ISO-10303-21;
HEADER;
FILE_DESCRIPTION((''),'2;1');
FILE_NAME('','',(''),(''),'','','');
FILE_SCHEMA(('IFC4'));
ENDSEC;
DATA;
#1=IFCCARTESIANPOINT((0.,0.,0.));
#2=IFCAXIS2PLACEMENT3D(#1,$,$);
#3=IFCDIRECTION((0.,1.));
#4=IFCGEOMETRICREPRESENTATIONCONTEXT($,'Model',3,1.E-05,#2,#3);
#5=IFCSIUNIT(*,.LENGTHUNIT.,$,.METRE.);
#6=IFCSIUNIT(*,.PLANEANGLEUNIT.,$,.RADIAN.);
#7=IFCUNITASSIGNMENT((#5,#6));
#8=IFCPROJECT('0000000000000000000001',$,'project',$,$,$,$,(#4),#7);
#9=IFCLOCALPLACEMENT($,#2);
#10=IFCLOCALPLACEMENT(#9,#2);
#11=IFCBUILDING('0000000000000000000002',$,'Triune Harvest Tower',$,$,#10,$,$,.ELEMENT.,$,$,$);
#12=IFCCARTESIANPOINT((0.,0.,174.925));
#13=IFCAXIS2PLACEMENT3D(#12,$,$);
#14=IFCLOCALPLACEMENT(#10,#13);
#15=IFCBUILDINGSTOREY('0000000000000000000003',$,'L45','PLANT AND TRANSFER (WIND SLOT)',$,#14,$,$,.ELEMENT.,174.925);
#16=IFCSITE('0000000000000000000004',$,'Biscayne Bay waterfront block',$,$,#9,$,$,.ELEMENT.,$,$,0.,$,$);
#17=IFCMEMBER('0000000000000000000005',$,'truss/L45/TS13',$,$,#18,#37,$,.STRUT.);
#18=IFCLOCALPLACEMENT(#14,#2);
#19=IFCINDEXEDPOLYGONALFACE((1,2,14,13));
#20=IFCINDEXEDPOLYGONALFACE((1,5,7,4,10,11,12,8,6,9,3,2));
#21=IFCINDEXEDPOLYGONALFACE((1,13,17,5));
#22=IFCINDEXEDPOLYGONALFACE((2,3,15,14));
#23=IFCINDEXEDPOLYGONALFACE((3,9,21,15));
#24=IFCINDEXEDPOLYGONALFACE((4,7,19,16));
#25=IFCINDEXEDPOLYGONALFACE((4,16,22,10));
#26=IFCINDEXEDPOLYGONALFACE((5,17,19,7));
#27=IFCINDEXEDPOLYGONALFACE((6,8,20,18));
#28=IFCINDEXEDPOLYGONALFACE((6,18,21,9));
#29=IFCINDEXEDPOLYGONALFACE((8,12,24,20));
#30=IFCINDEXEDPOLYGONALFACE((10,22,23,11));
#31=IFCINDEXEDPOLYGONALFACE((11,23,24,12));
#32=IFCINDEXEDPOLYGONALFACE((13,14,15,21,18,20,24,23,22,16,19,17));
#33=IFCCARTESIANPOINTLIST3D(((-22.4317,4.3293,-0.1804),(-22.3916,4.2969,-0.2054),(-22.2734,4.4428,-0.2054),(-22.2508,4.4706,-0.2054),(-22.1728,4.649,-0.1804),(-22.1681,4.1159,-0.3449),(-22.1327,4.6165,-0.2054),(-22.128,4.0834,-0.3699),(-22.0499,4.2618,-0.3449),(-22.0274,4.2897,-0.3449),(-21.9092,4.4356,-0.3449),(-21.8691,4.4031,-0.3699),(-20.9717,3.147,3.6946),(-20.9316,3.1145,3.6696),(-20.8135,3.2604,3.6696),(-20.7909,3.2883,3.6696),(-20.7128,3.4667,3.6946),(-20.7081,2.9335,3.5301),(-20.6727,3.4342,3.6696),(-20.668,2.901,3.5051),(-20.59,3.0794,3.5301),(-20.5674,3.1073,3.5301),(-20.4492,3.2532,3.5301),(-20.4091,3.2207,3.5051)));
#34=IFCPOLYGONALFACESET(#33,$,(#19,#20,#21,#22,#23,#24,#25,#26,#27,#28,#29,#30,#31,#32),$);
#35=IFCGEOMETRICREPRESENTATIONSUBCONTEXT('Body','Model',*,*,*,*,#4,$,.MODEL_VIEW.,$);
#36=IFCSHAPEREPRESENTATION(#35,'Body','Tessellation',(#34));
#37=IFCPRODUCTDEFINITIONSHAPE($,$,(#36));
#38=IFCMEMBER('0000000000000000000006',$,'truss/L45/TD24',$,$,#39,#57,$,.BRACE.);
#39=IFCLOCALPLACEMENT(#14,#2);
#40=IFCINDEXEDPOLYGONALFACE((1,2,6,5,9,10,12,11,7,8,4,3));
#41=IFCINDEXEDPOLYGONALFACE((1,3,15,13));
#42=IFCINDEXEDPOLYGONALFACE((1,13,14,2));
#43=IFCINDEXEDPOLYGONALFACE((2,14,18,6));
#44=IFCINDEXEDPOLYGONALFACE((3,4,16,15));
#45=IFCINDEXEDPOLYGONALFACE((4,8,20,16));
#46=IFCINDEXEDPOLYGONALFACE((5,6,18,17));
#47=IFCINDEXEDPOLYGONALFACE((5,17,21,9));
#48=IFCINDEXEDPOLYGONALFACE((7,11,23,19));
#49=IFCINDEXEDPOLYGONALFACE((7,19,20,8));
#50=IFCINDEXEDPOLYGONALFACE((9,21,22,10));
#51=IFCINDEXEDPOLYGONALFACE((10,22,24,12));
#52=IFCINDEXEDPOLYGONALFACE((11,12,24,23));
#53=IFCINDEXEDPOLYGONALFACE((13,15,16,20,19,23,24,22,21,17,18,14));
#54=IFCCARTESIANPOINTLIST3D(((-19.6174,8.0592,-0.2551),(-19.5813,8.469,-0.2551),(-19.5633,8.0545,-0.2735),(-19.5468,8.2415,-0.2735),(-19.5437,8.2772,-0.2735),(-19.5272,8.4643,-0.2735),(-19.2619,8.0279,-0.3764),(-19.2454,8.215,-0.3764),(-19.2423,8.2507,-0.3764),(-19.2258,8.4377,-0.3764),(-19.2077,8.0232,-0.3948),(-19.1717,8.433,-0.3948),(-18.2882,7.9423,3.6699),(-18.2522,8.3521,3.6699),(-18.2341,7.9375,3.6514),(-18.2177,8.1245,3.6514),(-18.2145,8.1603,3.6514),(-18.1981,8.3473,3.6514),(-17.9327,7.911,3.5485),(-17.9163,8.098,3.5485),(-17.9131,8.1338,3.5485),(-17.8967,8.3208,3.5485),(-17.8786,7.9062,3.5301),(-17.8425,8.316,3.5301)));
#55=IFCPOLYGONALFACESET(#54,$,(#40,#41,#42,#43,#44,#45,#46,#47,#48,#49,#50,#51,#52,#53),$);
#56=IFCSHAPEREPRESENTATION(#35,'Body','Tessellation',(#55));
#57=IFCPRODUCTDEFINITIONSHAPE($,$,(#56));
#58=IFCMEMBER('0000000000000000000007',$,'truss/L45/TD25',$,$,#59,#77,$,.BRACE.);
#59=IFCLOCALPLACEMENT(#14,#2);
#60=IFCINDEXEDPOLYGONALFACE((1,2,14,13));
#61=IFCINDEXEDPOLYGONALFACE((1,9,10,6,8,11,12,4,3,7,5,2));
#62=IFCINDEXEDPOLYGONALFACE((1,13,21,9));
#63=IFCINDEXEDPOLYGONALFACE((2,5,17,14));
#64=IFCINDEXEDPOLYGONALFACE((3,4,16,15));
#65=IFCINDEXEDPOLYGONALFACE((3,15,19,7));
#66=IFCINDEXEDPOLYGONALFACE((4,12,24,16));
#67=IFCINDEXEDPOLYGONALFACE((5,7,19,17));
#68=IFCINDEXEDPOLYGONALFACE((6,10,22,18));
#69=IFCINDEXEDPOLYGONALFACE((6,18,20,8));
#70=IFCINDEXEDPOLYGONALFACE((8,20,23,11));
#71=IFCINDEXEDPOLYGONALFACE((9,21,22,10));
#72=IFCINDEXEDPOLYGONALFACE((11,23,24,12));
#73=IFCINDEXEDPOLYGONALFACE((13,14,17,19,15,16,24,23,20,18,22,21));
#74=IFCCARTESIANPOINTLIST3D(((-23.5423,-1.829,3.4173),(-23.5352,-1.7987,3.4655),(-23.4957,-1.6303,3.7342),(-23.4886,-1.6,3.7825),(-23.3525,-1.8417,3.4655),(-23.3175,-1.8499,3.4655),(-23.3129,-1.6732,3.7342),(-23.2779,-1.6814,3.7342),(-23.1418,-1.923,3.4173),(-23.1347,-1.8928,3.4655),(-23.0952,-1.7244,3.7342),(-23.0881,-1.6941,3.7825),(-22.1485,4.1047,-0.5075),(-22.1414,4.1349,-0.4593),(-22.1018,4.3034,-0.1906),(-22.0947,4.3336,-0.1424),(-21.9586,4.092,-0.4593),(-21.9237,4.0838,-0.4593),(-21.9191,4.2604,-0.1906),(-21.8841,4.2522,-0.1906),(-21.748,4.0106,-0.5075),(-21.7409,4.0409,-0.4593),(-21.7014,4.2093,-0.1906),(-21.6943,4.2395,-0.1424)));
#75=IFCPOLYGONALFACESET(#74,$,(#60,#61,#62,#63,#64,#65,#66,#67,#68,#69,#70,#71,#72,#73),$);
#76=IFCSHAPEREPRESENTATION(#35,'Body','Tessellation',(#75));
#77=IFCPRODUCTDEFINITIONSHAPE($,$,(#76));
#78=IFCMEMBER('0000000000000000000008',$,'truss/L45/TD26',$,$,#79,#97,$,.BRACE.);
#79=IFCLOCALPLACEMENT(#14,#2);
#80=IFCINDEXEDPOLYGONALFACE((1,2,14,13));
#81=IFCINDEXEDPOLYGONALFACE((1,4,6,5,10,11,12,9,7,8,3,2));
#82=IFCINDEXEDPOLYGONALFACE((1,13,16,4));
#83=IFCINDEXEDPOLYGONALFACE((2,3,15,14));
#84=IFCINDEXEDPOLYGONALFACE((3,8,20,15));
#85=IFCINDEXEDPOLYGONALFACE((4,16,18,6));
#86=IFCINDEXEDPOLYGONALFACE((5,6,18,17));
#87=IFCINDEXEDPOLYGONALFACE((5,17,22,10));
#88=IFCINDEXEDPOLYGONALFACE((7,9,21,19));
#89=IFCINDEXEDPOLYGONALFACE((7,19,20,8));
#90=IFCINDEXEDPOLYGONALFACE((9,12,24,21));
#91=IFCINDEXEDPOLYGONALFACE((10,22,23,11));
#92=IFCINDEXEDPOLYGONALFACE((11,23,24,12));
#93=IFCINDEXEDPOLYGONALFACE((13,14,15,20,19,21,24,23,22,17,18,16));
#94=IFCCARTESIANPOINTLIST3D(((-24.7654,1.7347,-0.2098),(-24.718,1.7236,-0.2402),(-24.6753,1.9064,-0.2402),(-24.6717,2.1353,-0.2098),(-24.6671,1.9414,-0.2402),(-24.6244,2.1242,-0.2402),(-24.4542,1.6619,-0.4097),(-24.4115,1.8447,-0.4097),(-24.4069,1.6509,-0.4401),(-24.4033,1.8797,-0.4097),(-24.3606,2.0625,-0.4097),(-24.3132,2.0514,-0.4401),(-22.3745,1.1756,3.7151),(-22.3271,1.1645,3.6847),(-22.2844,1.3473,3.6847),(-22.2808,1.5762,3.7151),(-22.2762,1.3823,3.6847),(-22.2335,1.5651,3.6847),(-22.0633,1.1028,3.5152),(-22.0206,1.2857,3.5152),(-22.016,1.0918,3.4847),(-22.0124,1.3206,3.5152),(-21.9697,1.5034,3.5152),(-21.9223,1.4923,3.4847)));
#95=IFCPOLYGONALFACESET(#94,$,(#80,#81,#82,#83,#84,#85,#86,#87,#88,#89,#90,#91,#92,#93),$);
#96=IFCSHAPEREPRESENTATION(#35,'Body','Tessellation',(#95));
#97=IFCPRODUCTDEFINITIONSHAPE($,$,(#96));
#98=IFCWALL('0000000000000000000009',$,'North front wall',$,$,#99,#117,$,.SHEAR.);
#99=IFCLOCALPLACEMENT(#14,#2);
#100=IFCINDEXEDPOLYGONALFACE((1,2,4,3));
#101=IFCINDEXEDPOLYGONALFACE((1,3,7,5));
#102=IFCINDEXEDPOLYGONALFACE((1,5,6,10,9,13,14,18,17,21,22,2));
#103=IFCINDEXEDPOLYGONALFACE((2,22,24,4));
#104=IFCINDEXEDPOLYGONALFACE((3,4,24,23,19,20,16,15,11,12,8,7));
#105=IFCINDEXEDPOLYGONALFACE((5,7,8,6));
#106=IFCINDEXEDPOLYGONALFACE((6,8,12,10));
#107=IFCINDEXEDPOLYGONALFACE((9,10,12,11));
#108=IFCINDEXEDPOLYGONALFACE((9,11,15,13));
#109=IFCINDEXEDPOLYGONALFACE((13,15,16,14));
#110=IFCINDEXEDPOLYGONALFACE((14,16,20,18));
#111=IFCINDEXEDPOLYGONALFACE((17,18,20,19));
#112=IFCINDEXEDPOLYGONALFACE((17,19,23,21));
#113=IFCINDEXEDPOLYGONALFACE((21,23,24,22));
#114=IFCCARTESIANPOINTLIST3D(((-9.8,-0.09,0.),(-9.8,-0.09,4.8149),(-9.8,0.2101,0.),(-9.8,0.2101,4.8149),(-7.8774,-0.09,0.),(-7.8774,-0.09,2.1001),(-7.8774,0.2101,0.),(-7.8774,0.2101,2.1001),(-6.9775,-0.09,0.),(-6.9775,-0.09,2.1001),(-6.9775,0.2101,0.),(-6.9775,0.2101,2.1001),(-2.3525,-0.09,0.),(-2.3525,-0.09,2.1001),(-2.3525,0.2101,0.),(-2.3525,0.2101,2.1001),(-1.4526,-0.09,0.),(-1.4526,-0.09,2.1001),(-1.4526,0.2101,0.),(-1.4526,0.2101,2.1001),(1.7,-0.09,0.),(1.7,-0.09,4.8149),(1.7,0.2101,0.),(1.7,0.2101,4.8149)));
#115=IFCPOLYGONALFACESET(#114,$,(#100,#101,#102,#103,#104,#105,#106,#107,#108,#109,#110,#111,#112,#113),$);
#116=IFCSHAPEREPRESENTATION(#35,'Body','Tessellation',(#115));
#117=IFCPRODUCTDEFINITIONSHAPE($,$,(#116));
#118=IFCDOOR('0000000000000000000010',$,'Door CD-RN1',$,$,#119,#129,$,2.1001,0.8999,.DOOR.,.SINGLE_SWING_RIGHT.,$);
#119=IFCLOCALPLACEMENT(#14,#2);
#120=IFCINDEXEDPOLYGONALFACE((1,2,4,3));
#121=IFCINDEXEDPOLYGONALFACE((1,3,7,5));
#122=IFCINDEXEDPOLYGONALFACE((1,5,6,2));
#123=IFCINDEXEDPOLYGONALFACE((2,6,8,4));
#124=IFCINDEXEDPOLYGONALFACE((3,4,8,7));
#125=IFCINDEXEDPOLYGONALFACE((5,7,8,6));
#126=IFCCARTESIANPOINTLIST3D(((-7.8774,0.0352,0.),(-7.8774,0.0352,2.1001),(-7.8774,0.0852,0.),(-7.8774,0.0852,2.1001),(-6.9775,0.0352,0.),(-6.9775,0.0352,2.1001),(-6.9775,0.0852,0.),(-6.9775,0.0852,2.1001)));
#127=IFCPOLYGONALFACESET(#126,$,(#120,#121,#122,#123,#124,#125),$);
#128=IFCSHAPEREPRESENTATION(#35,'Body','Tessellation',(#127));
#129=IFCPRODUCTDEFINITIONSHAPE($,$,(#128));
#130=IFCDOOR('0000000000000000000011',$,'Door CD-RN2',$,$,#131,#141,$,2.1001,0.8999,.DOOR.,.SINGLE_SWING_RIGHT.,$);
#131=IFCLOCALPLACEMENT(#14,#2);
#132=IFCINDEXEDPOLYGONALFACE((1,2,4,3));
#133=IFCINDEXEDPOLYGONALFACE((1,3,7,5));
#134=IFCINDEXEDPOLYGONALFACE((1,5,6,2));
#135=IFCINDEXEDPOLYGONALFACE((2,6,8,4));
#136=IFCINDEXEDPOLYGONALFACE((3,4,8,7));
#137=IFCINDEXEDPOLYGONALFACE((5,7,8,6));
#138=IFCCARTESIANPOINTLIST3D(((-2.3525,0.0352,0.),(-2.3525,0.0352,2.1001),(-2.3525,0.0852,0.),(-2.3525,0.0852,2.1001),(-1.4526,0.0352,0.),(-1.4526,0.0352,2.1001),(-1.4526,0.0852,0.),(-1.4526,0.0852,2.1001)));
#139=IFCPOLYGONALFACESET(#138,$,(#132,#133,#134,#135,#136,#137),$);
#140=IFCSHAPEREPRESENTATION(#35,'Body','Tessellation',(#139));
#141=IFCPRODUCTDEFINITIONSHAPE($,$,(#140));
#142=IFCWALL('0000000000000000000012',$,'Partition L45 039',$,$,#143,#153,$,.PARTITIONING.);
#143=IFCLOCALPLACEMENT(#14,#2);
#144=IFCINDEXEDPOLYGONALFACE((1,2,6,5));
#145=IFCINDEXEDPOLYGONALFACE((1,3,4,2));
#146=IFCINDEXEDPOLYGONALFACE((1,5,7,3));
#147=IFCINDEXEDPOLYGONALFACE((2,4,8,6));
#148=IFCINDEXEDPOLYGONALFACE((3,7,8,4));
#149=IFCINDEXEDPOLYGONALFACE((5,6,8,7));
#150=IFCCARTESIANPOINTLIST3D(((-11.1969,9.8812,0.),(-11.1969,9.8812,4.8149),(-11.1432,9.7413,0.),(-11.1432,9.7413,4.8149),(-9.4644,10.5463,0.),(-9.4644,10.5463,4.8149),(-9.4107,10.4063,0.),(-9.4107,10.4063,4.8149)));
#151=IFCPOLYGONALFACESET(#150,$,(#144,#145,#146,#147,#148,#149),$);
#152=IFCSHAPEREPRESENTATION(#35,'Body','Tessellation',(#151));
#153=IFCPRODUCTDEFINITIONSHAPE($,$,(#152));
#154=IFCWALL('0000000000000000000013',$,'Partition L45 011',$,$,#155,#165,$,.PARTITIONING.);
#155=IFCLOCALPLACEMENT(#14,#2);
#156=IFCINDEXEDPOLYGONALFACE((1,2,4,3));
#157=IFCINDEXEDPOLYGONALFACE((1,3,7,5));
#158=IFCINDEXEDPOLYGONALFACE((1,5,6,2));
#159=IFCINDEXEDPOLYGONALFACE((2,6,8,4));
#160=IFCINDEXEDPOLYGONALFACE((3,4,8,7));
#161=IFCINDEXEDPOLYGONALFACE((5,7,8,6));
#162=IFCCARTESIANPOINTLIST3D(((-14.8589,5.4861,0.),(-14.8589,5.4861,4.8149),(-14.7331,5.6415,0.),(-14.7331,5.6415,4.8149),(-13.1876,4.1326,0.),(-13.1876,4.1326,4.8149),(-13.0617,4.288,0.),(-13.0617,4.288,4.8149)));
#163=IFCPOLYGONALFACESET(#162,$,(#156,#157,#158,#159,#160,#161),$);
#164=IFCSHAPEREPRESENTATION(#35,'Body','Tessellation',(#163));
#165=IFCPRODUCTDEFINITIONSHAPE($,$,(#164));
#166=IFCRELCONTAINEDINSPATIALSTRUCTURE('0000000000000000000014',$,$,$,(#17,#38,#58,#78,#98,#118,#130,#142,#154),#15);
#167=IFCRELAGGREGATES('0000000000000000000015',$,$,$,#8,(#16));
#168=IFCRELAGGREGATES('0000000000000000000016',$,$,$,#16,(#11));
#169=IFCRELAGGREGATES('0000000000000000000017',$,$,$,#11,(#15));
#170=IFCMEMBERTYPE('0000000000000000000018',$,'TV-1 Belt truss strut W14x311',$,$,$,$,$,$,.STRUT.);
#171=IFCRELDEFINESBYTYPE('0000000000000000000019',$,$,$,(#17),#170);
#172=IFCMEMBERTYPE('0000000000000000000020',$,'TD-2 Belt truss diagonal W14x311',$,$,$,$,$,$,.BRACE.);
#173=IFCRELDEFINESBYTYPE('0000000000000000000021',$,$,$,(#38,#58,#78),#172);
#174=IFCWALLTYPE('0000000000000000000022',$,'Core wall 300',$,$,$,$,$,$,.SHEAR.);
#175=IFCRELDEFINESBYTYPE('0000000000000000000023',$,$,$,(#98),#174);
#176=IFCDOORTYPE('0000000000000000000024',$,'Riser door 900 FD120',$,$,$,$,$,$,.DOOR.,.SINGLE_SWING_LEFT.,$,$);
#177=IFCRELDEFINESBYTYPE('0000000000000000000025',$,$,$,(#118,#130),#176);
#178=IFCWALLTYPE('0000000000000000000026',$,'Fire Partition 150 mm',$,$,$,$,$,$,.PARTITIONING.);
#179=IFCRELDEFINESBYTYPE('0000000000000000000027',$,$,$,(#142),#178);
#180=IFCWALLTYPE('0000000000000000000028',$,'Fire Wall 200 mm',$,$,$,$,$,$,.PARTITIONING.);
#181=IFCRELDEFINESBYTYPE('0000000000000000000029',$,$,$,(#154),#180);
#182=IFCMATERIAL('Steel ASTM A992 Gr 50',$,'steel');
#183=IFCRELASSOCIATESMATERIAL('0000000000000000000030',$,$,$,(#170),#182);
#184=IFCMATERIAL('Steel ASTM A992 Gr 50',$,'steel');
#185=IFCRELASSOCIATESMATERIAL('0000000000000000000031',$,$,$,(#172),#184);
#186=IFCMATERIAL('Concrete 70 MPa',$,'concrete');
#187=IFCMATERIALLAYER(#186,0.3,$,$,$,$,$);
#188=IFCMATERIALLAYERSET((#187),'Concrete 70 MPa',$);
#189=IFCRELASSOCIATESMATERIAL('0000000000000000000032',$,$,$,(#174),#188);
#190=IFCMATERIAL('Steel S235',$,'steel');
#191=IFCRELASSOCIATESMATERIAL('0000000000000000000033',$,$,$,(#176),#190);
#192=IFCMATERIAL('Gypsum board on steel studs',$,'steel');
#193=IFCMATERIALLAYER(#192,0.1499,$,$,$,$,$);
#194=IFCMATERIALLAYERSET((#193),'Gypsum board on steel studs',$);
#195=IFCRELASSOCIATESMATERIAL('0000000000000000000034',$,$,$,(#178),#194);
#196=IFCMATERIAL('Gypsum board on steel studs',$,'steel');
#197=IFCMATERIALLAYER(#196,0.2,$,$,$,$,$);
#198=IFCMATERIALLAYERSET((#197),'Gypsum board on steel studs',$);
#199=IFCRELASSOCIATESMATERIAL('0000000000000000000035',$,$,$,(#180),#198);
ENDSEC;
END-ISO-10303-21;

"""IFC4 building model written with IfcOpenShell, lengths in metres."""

from ifc_helpers import new_model, si_unit, direction, frame, frame_2d, origin, origin_2d, place, context, subcontext, project, spatial, rectangle, i_section, extrude, source, transform, mapped, material, layer, layer_set, material_profile, profile_set, type_object, element, fill, save


model = new_model("IFC4")

# Units and contexts
model_context = context("Model", 3, precision=1e-05, world=origin(), true_north=direction((0.0, 1.0)))
body_context = subcontext(model_context, "Body", "Model", "MODEL_VIEW")
ifc_project = project(units=[si_unit("LENGTHUNIT", "METRE"), si_unit("PLANEANGLEUNIT", "RADIAN")], contexts=[model_context])

# Site, building, storey
site_placement = place(None, origin())
site = spatial("IfcSite", under=ifc_project, at=site_placement, Name="Biscayne Bay waterfront block", CompositionType="ELEMENT", RefElevation=0.0)
building_placement = place(site_placement, origin())
building = spatial("IfcBuilding", under=site, at=building_placement, Name="Triune Harvest Tower", CompositionType="ELEMENT")
storey_placement = place(building_placement, frame((0.0, 0.0, 174.925)))
storey = spatial("IfcBuildingStorey", under=building, at=storey_placement, Name="L45", Description="PLANT AND TRANSFER (WIND SLOT)", CompositionType="ELEMENT", Elevation=174.925)

# Members
ifc_material_1 = material(Name="Steel ASTM A992 Gr 50", Category="steel")
ifc_material_profile_1 = material_profile(ifc_material_1, i_section(OverallWidth=0.4114, OverallDepth=0.4343, WebThickness=0.0359, FlangeThickness=0.0574, at=origin_2d()), Name="W14x311")
ifc_profile_set_1 = profile_set([ifc_material_profile_1], Name="Steel ASTM A992 Gr 50")
member_type_1 = type_object("IfcMemberType", Name="TV-1 Belt truss strut W14x311", PredefinedType="STRUT", material=ifc_profile_set_1)
shared_shape_1 = source(origin(), body_context, "Body", "SweptSolid", [
    extrude(i_section(OverallWidth=0.4114, OverallDepth=0.4343, WebThickness=0.0359, FlangeThickness=0.0574, at=origin_2d()), origin(), (0.0, 0.0, 1.0), 4.3064),
])
member_1_placement = place(storey_placement, frame((-22.1504, 4.3662, -0.2751), z_axis=(0.339021, -0.274562, 0.899823), x_axis=(0.629359, 0.777115, 0.0)))
element("IfcMember", 1, at=member_1_placement, inside=storey, type_object=member_type_1, Name="truss/L45/TS13", PredefinedType="STRUT", context=body_context, shape_type="MappedRepresentation", body=[
    mapped(shared_shape_1, transform((0.0, 0.0, 0.0), scale=1.0)),
])
ifc_material_2 = material(Name="Steel ASTM A992 Gr 50", Category="steel")
ifc_material_profile_2 = material_profile(ifc_material_2, i_section(OverallWidth=0.4114, OverallDepth=0.4343, WebThickness=0.0359, FlangeThickness=0.0574, at=origin_2d()), Name="W14x311")
ifc_profile_set_2 = profile_set([ifc_material_profile_2], Name="Steel ASTM A992 Gr 50")
member_type_2 = type_object("IfcMemberType", Name="TD-2 Belt truss diagonal W14x311", PredefinedType="BRACE", material=ifc_profile_set_2)
shared_shape_2 = source(origin(), body_context, "Body", "SweptSolid", [
    extrude(i_section(OverallWidth=0.4114, OverallDepth=0.4343, WebThickness=0.0359, FlangeThickness=0.0574, at=origin_2d()), origin(), (0.0, 0.0, 1.0), 4.1455),
])
member_2_placement = place(storey_placement, frame((-19.3945, 8.2461, -0.325), z_axis=(0.320621, -0.02821, 0.946787), x_axis=(0.087648, 0.996151, 0.0)))
element("IfcMember", 2, at=member_2_placement, inside=storey, type_object=member_type_2, Name="truss/L45/TD24", PredefinedType="BRACE", context=body_context, shape_type="MappedRepresentation", body=[
    mapped(shared_shape_2, transform((0.0, 0.0, 0.0), scale=1.0)),
])
shared_shape_3 = source(origin(), body_context, "Body", "SweptSolid", [
    extrude(i_section(OverallWidth=0.4114, OverallDepth=0.4343, WebThickness=0.0359, FlangeThickness=0.0574, at=origin_2d()), origin(), (0.0, 0.0, 1.0), 7.2495),
])
member_3_placement = place(storey_placement, frame((-21.9214, 4.1721, -0.325), z_axis=(-0.192263, -0.818491, 0.541395), x_axis=(0.973503, -0.228675, 0.0)))
element("IfcMember", 3, at=member_3_placement, inside=storey, type_object=member_type_2, Name="truss/L45/TD25", PredefinedType="BRACE", context=body_context, shape_type="MappedRepresentation", body=[
    mapped(shared_shape_3, transform((0.0, 0.0, 0.0), scale=1.0)),
])
shared_shape_4 = source(origin(), body_context, "Body", "SweptSolid", [
    extrude(i_section(OverallWidth=0.4114, OverallDepth=0.4343, WebThickness=0.0359, FlangeThickness=0.0574, at=origin_2d()), origin(), (0.0, 0.0, 1.0), 4.6296),
])
member_4_placement = place(storey_placement, frame((-24.5393, 1.8931, -0.325), z_axis=(0.516434, -0.120763, 0.847769), x_axis=(0.227698, 0.973732, 0.0)))
element("IfcMember", 4, at=member_4_placement, inside=storey, type_object=member_type_2, Name="truss/L45/TD26", PredefinedType="BRACE", context=body_context, shape_type="MappedRepresentation", body=[
    mapped(shared_shape_4, transform((0.0, 0.0, 0.0), scale=1.0)),
])

# Wall, openings, doors
ifc_material_3 = material(Name="Concrete 70 MPa", Category="concrete")
ifc_layer_1 = layer(ifc_material_3, 0.3)
ifc_layer_set_1 = layer_set([ifc_layer_1], Name="Concrete 70 MPa")
wall_type_1 = type_object("IfcWallType", Name="Core wall 300", PredefinedType="SHEAR", material=ifc_layer_set_1)
wall_1_placement = place(storey_placement, frame((-9.8, 0.0601, 0.0), z_axis=(0.0, 0.0, 1.0), x_axis=(1.0, 0.0, 0.0)))
wall_1 = element("IfcWall", 5, at=wall_1_placement, inside=storey, type_object=wall_type_1, Name="North front wall", PredefinedType="SHEAR", context=body_context, shape_type="SweptSolid", body=[
    extrude(rectangle(XDim=11.5, YDim=0.3, at=frame_2d((5.75, 0.0))), origin(), (0.0, 0.0, 1.0), 4.8149),
])
opening_1_placement = place(wall_1_placement, frame((1.9226, 0.0, 0.0)))
opening_1 = element("IfcOpeningElement", 6, at=opening_1_placement, cuts=wall_1, PredefinedType="OPENING", context=body_context, shape_type="SweptSolid", body=[
    extrude(rectangle(XDim=0.8999, YDim=2.1001, at=frame_2d((0.45, 1.05))), frame((0.0, 0.1602, 0.0), z_axis=(0.0, -1.0, 0.0), x_axis=(1.0, 0.0, 0.0)), (0.0, 0.0, 1.0), 0.3201),
])
opening_2_placement = place(wall_1_placement, frame((7.4475, 0.0, 0.0)))
opening_2 = element("IfcOpeningElement", 7, at=opening_2_placement, cuts=wall_1, PredefinedType="OPENING", context=body_context, shape_type="SweptSolid", body=[
    extrude(rectangle(XDim=0.8999, YDim=2.1001, at=frame_2d((0.45, 1.05))), frame((0.0, 0.1602, 0.0), z_axis=(0.0, -1.0, 0.0), x_axis=(1.0, 0.0, 0.0)), (0.0, 0.0, 1.0), 0.3201),
])
ifc_material_4 = material(Name="Steel S235", Category="steel")
door_type = type_object("IfcDoorType", Name="Riser door 900 FD120", OperationType="SINGLE_SWING_LEFT", PredefinedType="DOOR", material=ifc_material_4)
door_1_placement = place(opening_1_placement, frame((0.8999, 0.0, 0.0), z_axis=(0.0, 0.0, 1.0), x_axis=(-1.0, 0.0, 0.0)))
door_1 = element("IfcDoor", 8, at=door_1_placement, inside=storey, type_object=door_type, Name="Door CD-RN1", OperationType="SINGLE_SWING_RIGHT", OverallHeight=2.1001, OverallWidth=0.8999, PredefinedType="DOOR", context=body_context, shape_type="SweptSolid", body=[
    extrude(rectangle(XDim=0.8999, YDim=2.1001, at=frame_2d((0.45, 1.05))), frame((0.0, 0.0249, 0.0), z_axis=(0.0, -1.0, 0.0), x_axis=(1.0, 0.0, 0.0)), (0.0, 0.0, 1.0), 0.05),
])
fill(opening_1, door_1)
door_2_placement = place(opening_2_placement, frame((0.8999, 0.0, 0.0), z_axis=(0.0, 0.0, 1.0), x_axis=(-1.0, 0.0, 0.0)))
door_2 = element("IfcDoor", 9, at=door_2_placement, inside=storey, type_object=door_type, Name="Door CD-RN2", OperationType="SINGLE_SWING_RIGHT", OverallHeight=2.1001, OverallWidth=0.8999, PredefinedType="DOOR", context=body_context, shape_type="SweptSolid", body=[
    extrude(rectangle(XDim=0.8999, YDim=2.1001, at=frame_2d((0.45, 1.05))), frame((0.0, 0.0249, 0.0), z_axis=(0.0, -1.0, 0.0), x_axis=(1.0, 0.0, 0.0)), (0.0, 0.0, 1.0), 0.05),
])
fill(opening_2, door_2)

# Walls
ifc_material_5 = material(Name="Gypsum board on steel studs", Category="steel")
ifc_layer_2 = layer(ifc_material_5, 0.1499)
ifc_layer_set_2 = layer_set([ifc_layer_2], Name="Gypsum board on steel studs")
wall_type_2 = type_object("IfcWallType", Name="Fire Partition 150 mm", PredefinedType="PARTITIONING", material=ifc_layer_set_2)
wall_2_placement = place(storey_placement, frame((-11.1699, 9.8113, 0.0), z_axis=(0.0, 0.0, 1.0), x_axis=(0.933576, 0.35838, 0.0)))
element("IfcWall", 10, at=wall_2_placement, inside=storey, type_object=wall_type_2, Name="Partition L45 039", PredefinedType="PARTITIONING", context=body_context, shape_type="SweptSolid", body=[
    extrude(rectangle(XDim=1.8557, YDim=0.1499, at=frame_2d((0.9277, 0.0))), origin(), (0.0, 0.0, 1.0), 4.8149),
])
ifc_material_6 = material(Name="Gypsum board on steel studs", Category="steel")
ifc_layer_3 = layer(ifc_material_6, 0.2)
ifc_layer_set_3 = layer_set([ifc_layer_3], Name="Gypsum board on steel studs")
wall_type_3 = type_object("IfcWallType", Name="Fire Wall 200 mm", PredefinedType="PARTITIONING", material=ifc_layer_set_3)
wall_3_placement = place(storey_placement, frame((-14.7959, 5.5637, 0.0), z_axis=(0.0, 0.0, 1.0), x_axis=(0.777134, -0.629335, 0.0)))
element("IfcWall", 11, at=wall_3_placement, inside=storey, type_object=wall_type_3, Name="Partition L45 011", PredefinedType="PARTITIONING", context=body_context, shape_type="SweptSolid", body=[
    extrude(rectangle(XDim=2.1506, YDim=0.2, at=frame_2d((1.0752, 0.0))), origin(), (0.0, 0.0, 1.0), 4.8149),
])

save(model, "model.ifc")
